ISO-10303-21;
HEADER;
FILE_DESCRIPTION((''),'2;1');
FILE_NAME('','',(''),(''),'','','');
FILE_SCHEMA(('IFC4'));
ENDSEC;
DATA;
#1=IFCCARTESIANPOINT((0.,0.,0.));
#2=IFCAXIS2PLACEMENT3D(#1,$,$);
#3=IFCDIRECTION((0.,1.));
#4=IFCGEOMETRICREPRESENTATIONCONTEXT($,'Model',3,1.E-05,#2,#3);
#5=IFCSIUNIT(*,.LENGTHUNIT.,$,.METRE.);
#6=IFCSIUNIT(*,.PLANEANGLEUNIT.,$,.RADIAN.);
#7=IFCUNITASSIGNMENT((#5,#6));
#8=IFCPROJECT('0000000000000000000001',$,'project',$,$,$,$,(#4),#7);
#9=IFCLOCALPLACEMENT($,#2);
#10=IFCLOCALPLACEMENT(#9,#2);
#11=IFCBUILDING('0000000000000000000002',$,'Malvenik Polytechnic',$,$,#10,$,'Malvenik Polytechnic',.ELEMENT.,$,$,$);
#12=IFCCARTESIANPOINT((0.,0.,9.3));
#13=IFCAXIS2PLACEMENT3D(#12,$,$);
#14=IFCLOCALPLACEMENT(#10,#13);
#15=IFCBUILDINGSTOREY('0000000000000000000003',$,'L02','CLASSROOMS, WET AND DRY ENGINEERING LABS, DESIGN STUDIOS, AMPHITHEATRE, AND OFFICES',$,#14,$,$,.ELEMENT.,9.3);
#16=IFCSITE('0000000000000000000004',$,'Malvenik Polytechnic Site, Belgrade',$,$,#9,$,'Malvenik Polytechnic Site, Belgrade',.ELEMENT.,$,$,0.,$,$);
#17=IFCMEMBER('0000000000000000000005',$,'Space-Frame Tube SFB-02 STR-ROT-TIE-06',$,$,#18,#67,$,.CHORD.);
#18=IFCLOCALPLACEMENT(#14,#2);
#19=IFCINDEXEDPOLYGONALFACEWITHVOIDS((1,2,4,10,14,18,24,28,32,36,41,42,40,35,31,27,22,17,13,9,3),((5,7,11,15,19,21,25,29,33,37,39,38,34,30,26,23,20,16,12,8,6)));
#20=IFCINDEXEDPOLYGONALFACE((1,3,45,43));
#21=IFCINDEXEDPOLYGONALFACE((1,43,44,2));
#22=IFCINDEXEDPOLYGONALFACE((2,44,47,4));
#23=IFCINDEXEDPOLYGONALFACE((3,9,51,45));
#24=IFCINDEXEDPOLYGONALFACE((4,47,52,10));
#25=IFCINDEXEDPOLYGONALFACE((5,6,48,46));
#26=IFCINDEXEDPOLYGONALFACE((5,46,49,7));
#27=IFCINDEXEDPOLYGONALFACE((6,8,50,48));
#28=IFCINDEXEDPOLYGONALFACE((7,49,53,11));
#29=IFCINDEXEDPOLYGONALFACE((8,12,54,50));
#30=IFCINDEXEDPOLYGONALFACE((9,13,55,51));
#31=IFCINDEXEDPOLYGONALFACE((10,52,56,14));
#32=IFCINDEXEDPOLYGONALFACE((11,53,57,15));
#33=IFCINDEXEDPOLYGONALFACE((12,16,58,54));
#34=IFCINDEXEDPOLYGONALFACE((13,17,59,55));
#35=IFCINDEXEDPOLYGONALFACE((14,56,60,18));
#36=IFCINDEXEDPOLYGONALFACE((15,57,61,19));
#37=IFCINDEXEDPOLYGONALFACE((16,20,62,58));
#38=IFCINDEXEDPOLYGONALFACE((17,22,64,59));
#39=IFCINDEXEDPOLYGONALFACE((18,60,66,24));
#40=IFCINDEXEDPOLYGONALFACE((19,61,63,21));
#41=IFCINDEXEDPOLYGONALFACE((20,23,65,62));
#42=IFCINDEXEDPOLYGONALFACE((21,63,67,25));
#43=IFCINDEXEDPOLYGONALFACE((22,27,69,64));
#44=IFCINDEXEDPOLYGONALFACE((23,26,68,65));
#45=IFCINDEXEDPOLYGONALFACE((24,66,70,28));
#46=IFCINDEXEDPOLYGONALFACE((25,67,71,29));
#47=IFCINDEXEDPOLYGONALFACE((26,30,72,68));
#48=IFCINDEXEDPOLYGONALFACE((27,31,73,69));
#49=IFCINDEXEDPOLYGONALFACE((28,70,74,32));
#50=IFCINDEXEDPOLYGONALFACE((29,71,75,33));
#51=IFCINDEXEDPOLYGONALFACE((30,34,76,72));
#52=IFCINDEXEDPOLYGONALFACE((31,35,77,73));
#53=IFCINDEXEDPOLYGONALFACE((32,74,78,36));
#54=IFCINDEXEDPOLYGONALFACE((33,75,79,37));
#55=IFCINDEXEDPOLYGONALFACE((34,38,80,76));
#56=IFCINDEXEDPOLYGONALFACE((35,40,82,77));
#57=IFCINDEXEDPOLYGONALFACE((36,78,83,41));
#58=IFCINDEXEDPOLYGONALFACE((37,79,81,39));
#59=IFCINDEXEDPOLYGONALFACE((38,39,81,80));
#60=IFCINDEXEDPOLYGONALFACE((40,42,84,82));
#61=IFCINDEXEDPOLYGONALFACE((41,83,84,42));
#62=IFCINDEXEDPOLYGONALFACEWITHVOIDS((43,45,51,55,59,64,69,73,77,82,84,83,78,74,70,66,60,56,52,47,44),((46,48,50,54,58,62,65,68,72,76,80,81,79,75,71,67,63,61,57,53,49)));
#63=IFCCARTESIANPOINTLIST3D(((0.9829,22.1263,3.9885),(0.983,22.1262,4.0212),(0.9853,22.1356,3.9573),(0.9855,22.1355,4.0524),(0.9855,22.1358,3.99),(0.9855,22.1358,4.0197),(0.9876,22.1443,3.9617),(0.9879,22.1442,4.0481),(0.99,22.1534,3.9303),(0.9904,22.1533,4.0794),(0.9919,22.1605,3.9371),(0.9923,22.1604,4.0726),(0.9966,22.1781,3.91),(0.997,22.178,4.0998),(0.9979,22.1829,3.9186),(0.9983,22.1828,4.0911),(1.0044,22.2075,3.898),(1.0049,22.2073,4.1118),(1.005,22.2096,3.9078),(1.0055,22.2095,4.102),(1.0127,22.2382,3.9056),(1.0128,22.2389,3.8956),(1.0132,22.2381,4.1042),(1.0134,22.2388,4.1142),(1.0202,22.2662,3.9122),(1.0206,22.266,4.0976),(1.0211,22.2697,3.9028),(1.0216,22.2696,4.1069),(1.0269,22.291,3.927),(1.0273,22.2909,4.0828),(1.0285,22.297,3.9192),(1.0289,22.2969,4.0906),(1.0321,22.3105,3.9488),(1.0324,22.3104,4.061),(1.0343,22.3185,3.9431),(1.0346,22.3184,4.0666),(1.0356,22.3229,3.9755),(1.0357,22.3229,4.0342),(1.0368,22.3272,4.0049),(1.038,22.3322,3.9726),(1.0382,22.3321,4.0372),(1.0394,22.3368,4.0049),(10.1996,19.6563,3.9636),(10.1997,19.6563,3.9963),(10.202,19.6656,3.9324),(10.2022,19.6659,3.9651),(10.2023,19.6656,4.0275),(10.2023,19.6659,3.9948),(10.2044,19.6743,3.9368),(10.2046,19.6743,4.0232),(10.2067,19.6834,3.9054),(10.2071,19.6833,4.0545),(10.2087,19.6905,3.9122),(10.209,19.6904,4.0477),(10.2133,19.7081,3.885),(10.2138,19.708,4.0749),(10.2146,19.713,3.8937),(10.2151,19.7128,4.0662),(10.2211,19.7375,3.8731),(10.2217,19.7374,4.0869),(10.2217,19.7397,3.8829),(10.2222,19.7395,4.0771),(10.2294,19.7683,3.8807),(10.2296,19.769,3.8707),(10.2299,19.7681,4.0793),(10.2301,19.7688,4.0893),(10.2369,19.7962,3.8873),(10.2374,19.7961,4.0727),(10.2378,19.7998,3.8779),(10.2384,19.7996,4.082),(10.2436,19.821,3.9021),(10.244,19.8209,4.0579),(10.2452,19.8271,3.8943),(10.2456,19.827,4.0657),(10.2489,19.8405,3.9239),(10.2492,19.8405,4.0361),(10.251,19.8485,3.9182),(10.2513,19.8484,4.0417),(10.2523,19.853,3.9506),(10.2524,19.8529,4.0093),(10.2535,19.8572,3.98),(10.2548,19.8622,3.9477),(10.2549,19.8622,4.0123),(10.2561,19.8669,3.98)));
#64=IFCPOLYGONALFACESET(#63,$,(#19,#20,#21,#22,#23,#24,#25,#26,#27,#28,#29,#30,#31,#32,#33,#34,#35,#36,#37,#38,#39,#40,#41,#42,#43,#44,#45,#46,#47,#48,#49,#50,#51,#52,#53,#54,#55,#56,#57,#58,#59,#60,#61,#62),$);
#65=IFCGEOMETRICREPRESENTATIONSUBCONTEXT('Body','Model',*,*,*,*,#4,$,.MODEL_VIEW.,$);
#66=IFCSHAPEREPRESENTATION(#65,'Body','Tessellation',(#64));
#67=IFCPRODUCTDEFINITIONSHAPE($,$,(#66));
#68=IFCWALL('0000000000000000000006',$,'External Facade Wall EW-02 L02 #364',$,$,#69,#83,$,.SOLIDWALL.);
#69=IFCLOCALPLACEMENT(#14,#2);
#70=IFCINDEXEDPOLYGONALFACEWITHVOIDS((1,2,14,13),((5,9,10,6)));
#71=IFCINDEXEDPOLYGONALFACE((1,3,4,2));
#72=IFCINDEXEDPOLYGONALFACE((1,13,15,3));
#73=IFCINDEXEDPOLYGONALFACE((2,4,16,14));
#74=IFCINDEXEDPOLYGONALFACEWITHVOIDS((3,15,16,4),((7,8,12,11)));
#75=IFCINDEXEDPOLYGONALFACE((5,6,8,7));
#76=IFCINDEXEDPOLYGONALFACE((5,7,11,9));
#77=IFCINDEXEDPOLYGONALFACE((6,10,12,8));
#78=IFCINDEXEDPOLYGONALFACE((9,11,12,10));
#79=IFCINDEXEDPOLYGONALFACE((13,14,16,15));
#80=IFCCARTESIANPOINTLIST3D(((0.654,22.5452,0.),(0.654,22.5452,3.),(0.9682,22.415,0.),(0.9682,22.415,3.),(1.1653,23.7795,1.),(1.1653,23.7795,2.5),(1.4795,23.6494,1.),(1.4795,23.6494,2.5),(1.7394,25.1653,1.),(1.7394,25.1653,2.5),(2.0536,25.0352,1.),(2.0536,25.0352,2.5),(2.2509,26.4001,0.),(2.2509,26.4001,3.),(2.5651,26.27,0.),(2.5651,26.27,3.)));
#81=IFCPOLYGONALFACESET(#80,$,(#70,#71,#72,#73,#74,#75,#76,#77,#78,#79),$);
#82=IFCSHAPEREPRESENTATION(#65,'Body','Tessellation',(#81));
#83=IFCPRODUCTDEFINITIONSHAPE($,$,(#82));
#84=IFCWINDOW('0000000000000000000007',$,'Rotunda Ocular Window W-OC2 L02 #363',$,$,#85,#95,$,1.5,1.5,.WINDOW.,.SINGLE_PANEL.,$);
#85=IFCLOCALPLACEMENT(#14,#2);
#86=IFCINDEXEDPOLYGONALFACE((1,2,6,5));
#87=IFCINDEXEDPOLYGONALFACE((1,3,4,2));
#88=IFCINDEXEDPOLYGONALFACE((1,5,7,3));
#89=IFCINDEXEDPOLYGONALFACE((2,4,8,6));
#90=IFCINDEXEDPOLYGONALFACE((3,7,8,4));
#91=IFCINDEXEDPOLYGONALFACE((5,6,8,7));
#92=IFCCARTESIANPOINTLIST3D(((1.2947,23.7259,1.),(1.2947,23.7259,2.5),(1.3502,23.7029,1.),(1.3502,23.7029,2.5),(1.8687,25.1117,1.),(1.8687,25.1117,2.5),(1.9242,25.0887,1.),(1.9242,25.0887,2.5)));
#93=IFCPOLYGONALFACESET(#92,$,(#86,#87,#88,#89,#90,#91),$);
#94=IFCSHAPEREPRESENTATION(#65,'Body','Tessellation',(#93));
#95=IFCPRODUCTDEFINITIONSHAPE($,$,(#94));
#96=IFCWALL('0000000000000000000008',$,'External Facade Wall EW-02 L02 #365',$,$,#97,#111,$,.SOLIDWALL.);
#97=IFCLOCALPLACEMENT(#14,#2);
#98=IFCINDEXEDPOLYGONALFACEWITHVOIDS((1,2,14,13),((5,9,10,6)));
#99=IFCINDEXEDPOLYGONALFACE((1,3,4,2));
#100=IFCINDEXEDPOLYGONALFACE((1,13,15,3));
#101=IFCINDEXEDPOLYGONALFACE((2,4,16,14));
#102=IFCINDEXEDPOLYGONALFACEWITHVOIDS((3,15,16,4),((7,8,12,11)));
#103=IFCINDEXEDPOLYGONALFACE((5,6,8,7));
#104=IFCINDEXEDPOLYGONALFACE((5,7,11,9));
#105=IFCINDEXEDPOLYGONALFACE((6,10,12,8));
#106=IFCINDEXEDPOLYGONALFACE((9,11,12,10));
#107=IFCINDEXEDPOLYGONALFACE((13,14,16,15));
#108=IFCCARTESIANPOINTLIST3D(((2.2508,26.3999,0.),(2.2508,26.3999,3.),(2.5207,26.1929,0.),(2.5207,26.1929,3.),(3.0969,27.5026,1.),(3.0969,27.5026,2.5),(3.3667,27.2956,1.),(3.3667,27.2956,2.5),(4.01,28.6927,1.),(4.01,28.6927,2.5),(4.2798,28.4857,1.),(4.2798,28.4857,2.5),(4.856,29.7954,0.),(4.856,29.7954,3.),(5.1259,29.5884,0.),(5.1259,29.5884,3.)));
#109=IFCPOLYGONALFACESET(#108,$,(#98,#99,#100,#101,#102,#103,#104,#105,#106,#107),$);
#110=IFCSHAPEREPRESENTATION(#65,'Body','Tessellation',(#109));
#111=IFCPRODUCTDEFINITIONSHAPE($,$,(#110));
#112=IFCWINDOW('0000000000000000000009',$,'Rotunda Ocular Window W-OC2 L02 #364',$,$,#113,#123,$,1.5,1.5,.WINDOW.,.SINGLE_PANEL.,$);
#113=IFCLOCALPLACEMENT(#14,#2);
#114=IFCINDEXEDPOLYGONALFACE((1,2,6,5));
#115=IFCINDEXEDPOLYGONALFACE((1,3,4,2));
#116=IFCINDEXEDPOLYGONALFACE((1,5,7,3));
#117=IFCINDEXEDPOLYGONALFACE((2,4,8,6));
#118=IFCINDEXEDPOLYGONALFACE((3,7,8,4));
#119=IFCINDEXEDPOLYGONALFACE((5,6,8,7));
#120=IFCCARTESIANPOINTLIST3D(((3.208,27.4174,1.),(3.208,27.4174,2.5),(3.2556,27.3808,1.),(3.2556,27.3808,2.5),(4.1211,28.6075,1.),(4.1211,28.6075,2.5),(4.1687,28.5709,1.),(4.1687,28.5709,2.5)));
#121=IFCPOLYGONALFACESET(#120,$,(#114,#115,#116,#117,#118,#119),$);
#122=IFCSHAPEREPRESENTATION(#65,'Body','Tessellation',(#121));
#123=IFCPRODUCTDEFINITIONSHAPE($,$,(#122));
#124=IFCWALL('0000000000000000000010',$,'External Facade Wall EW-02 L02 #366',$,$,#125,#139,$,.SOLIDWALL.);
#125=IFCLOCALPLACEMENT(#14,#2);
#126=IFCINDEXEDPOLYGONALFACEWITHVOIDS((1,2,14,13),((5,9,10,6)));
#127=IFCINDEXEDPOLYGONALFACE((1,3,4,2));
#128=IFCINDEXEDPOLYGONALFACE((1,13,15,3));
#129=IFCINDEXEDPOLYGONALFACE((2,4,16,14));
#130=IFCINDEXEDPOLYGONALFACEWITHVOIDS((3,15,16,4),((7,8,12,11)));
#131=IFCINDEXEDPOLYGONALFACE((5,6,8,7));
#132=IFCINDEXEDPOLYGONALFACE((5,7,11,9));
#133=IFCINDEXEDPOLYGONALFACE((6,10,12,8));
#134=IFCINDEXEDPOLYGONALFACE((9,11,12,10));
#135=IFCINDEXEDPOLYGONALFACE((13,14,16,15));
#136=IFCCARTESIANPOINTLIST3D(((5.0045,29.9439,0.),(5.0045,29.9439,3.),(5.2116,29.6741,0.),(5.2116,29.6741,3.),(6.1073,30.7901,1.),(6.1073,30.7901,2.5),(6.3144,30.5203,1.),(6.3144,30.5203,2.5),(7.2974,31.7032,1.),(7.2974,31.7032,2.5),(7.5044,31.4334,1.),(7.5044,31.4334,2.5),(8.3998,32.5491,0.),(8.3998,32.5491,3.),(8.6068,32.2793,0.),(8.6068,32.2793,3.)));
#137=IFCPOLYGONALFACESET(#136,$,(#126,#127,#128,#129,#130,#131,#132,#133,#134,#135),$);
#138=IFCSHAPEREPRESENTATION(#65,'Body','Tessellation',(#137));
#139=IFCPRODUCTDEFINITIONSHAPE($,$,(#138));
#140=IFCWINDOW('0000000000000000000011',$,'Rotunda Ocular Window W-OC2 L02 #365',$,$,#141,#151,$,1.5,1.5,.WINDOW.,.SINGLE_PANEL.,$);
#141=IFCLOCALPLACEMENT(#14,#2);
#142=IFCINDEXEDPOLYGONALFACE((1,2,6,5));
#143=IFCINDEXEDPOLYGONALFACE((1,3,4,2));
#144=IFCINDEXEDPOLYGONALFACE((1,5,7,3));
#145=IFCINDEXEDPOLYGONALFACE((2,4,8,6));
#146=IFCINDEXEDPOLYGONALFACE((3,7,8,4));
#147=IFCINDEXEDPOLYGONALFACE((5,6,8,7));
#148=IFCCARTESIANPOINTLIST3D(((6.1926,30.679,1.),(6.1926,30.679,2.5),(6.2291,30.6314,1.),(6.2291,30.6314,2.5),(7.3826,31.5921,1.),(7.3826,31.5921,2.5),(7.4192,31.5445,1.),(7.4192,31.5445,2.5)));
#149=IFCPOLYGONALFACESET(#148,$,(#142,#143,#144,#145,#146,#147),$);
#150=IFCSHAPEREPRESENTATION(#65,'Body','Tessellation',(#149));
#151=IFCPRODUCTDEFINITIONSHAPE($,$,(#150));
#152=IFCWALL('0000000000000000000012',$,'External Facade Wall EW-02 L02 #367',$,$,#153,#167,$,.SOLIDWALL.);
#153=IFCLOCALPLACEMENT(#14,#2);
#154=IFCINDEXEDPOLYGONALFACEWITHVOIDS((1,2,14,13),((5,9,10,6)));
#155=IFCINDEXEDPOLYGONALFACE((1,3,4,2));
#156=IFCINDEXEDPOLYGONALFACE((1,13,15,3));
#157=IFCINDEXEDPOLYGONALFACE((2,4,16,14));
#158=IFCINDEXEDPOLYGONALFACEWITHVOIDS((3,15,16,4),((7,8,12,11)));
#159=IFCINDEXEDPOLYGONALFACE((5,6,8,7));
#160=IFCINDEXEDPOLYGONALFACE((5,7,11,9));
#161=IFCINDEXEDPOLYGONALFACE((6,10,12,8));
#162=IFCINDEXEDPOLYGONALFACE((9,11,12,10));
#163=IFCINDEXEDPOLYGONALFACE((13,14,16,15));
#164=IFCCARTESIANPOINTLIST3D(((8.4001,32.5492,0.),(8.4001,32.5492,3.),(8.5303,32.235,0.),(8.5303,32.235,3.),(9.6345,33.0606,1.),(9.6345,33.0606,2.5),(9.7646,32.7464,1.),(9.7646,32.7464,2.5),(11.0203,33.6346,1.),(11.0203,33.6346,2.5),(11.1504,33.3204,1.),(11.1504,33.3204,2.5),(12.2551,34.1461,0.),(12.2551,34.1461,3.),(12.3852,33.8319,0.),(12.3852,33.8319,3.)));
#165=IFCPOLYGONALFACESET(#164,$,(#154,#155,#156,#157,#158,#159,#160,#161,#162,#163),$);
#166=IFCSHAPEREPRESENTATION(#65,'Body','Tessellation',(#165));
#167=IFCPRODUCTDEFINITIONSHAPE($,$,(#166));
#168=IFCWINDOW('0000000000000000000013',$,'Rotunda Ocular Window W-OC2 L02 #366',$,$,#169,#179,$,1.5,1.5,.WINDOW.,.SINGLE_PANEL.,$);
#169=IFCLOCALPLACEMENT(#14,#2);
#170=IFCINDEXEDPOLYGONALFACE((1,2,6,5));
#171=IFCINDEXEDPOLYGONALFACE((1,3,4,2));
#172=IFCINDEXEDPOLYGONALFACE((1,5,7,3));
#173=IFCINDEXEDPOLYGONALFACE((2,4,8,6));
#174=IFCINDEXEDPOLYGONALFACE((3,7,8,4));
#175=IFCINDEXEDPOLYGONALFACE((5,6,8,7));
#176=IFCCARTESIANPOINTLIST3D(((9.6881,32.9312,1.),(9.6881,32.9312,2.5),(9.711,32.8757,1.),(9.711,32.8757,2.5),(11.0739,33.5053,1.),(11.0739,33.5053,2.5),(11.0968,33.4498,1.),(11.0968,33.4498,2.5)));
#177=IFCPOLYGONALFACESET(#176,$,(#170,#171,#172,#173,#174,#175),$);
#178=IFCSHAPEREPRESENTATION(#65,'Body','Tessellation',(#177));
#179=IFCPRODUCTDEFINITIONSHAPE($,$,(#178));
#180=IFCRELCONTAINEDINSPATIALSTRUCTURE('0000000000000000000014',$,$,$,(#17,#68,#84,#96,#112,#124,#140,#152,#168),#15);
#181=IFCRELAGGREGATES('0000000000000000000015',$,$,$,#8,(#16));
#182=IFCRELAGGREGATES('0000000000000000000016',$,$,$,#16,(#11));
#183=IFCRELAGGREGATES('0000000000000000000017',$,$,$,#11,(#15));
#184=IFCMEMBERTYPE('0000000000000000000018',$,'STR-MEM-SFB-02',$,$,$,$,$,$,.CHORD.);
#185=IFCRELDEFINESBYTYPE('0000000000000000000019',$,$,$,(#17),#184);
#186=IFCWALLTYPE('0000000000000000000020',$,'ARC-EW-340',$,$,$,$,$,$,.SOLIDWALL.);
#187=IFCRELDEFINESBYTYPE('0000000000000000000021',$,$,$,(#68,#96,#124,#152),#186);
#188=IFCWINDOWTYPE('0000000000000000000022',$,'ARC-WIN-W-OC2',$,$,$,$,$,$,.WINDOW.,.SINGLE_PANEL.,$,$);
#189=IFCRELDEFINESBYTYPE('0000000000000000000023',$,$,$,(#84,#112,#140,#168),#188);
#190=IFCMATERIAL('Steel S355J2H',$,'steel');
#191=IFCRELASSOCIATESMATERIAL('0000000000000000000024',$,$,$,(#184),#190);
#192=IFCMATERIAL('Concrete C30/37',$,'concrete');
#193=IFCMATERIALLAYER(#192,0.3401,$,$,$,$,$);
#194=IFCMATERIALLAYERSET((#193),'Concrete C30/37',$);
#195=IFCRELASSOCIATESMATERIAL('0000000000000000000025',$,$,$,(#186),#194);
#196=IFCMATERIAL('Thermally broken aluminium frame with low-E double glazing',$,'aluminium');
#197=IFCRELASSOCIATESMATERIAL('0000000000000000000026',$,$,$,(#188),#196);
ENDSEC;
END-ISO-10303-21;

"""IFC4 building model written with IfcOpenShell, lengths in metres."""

from ifc_helpers import new_model, si_unit, direction, frame, frame_2d, origin, origin_2d, place, context, subcontext, project, spatial, rectangle, hollow_circle, extrude, material, layer, layer_set, material_profile, profile_set, type_object, element, fill, save


model = new_model("IFC4")

# Units and contexts
model_context = context("Model", 3, precision=1e-05, world=origin(), true_north=direction((0.0, 1.0)))
body_context = subcontext(model_context, "Body", "Model", "MODEL_VIEW")
ifc_project = project(units=[si_unit("LENGTHUNIT", "METRE"), si_unit("PLANEANGLEUNIT", "RADIAN")], contexts=[model_context])

# Site, building, storey
site_placement = place(None, origin())
site = spatial("IfcSite", under=ifc_project, at=site_placement, Name="Malvenik Polytechnic Site, Belgrade", LongName="Malvenik Polytechnic Site, Belgrade", CompositionType="ELEMENT", RefElevation=0.0)
building_placement = place(site_placement, origin())
building = spatial("IfcBuilding", under=site, at=building_placement, Name="Malvenik Polytechnic", LongName="Malvenik Polytechnic", CompositionType="ELEMENT")
storey_placement = place(building_placement, frame((0.0, 0.0, 9.3)))
storey = spatial("IfcBuildingStorey", under=building, at=storey_placement, Name="L02", Description="CLASSROOMS, WET AND DRY ENGINEERING LABS, DESIGN STUDIOS, AMPHITHEATRE, AND OFFICES", CompositionType="ELEMENT", Elevation=9.3)

# Member
ifc_material_1 = material(Name="Steel S355J2H", Category="steel")
ifc_material_profile_1 = material_profile(ifc_material_1, hollow_circle(Radius=0.1096, WallThickness=0.01, at=origin_2d()), Name="CHS 219.1x10.0")
ifc_profile_set_1 = profile_set([ifc_material_profile_1], Name="Steel S355J2H")
member_type = type_object("IfcMemberType", Name="STR-MEM-SFB-02", PredefinedType="CHORD", material=ifc_profile_set_1)
for number, where, z_axis, x_axis, name in (
    (1, (1.011, 22.231, 4.0049), (0.965914, -0.258851, -0.00261), (0.258852, 0.965917, 0.0), "Space-Frame Tube SFB-02 STR-ROT-TIE-06"),
):
    element("IfcMember", number, at=place(storey_placement, frame(where, z_axis=z_axis, x_axis=x_axis)), inside=storey, type_object=member_type, Name=name, PredefinedType="CHORD", context=body_context, shape_type="SweptSolid", body=[
        extrude(hollow_circle(Radius=0.1096, WallThickness=0.01, at=origin_2d()), origin(), (0.0, 0.0, 1.0), 9.542),
    ])

# Walls, openings, windows
ifc_material_2 = material(Name="Concrete C30/37", Category="concrete")
ifc_layer = layer(ifc_material_2, 0.3401)
ifc_layer_set = layer_set([ifc_layer], Name="Concrete C30/37")
wall_type = type_object("IfcWallType", Name="ARC-EW-340", PredefinedType="SOLIDWALL", material=ifc_layer_set)
wall_1_placement = place(storey_placement, frame((0.811, 22.48, 0.0), z_axis=(0.0, 0.0, 1.0), x_axis=(0.382712, 0.923868, 0.0)))
wall_1 = element("IfcWall", 2, at=wall_1_placement, inside=storey, type_object=wall_type, Name="External Facade Wall EW-02 L02 #364", PredefinedType="SOLIDWALL", context=body_context, shape_type="SweptSolid", body=[
    extrude(rectangle(XDim=4.1726, YDim=0.3401, at=frame_2d((2.0864, 0.0))), origin(), (0.0, 0.0, 1.0), 3.0),
])
opening_1_placement = place(wall_1_placement, frame((1.3362, 0.0, 1.0)))
opening_1 = element("IfcOpeningElement", 3, at=opening_1_placement, cuts=wall_1, PredefinedType="OPENING", context=body_context, shape_type="SweptSolid", body=[
    extrude(rectangle(XDim=1.5, YDim=1.5, at=frame_2d((0.75, 0.75))), frame((0.0, 0.1802, 0.0), z_axis=(0.0, -1.0, 0.0), x_axis=(1.0, 0.0, 0.0)), (0.0, 0.0, 1.0), 0.3601),
])
ifc_material_3 = material(Name="Thermally broken aluminium frame with low-E double glazing", Category="aluminium")
window_type = type_object("IfcWindowType", Name="ARC-WIN-W-OC2", PartitioningType="SINGLE_PANEL", PredefinedType="WINDOW", material=ifc_material_3)
window_1_placement = place(opening_1_placement, origin())
window_1 = element("IfcWindow", 4, at=window_1_placement, inside=storey, type_object=window_type, Name="Rotunda Ocular Window W-OC2 L02 #363", OverallHeight=1.5, OverallWidth=1.5, PartitioningType="SINGLE_PANEL", PredefinedType="WINDOW", context=body_context, shape_type="SweptSolid", body=[
    extrude(rectangle(XDim=1.5, YDim=1.5, at=frame_2d((0.75, 0.75))), frame((0.0, 0.03, 0.0), z_axis=(0.0, -1.0, 0.0), x_axis=(1.0, 0.0, 0.0)), (0.0, 0.0, 1.0), 0.0601),
])
fill(opening_1, window_1)
wall_2_placement = place(storey_placement, frame((2.3857, 26.2964, 0.0), z_axis=(0.0, 0.0, 1.0), x_axis=(0.608726, 0.79338, 0.0)))
wall_2 = element("IfcWall", 5, at=wall_2_placement, inside=storey, type_object=wall_type, Name="External Facade Wall EW-02 L02 #365", PredefinedType="SOLIDWALL", context=body_context, shape_type="SweptSolid", body=[
    extrude(rectangle(XDim=4.2798, YDim=0.3401, at=frame_2d((2.1399, 0.0))), origin(), (0.0, 0.0, 1.0), 3.0),
])
opening_2_placement = place(wall_2_placement, frame((1.3899, 0.0, 1.0)))
opening_2 = element("IfcOpeningElement", 6, at=opening_2_placement, cuts=wall_2, PredefinedType="OPENING", context=body_context, shape_type="SweptSolid", body=[
    extrude(rectangle(XDim=1.5, YDim=1.5, at=frame_2d((0.75, 0.75))), frame((0.0, 0.1802, 0.0), z_axis=(0.0, -1.0, 0.0), x_axis=(1.0, 0.0, 0.0)), (0.0, 0.0, 1.0), 0.3601),
])
window_2_placement = place(opening_2_placement, origin())
window_2 = element("IfcWindow", 7, at=window_2_placement, inside=storey, type_object=window_type, Name="Rotunda Ocular Window W-OC2 L02 #364", OverallHeight=1.5, OverallWidth=1.5, PartitioningType="SINGLE_PANEL", PredefinedType="WINDOW", context=body_context, shape_type="SweptSolid", body=[
    extrude(rectangle(XDim=1.5, YDim=1.5, at=frame_2d((0.75, 0.75))), frame((0.0, 0.03, 0.0), z_axis=(0.0, -1.0, 0.0), x_axis=(1.0, 0.0, 0.0)), (0.0, 0.0, 1.0), 0.0601),
])
fill(opening_2, window_2)
wall_3_placement = place(storey_placement, frame((5.1082, 29.8091, 0.0), z_axis=(0.0, 0.0, 1.0), x_axis=(0.793359, 0.608754, 0.0)))
wall_3 = element("IfcWall", 8, at=wall_3_placement, inside=storey, type_object=wall_type, Name="External Facade Wall EW-02 L02 #366", PredefinedType="SOLIDWALL", context=body_context, shape_type="SweptSolid", body=[
    extrude(rectangle(XDim=4.2795, YDim=0.3401, at=frame_2d((2.1396, 0.0))), origin(), (0.0, 0.0, 1.0), 3.0),
])
opening_3_placement = place(wall_3_placement, frame((1.3899, 0.0, 1.0)))
opening_3 = element("IfcOpeningElement", 9, at=opening_3_placement, cuts=wall_3, PredefinedType="OPENING", context=body_context, shape_type="SweptSolid", body=[
    extrude(rectangle(XDim=1.5, YDim=1.5, at=frame_2d((0.75, 0.75))), frame((0.0, 0.1802, 0.0), z_axis=(0.0, -1.0, 0.0), x_axis=(1.0, 0.0, 0.0)), (0.0, 0.0, 1.0), 0.3601),
])
window_3_placement = place(opening_3_placement, origin())
window_3 = element("IfcWindow", 10, at=window_3_placement, inside=storey, type_object=window_type, Name="Rotunda Ocular Window W-OC2 L02 #365", OverallHeight=1.5, OverallWidth=1.5, PartitioningType="SINGLE_PANEL", PredefinedType="WINDOW", context=body_context, shape_type="SweptSolid", body=[
    extrude(rectangle(XDim=1.5, YDim=1.5, at=frame_2d((0.75, 0.75))), frame((0.0, 0.03, 0.0), z_axis=(0.0, -1.0, 0.0), x_axis=(1.0, 0.0, 0.0)), (0.0, 0.0, 1.0), 0.0601),
])
fill(opening_3, window_3)
wall_4_placement = place(storey_placement, frame((8.4651, 32.3921, 0.0), z_axis=(0.0, 0.0, 1.0), x_axis=(0.923868, 0.382712, 0.0)))
wall_4 = element("IfcWall", 11, at=wall_4_placement, inside=storey, type_object=wall_type, Name="External Facade Wall EW-02 L02 #367", PredefinedType="SOLIDWALL", context=body_context, shape_type="SweptSolid", body=[
    extrude(rectangle(XDim=4.1726, YDim=0.3401, at=frame_2d((2.0864, 0.0))), origin(), (0.0, 0.0, 1.0), 3.0),
])
opening_4_placement = place(wall_4_placement, frame((1.3362, 0.0, 1.0)))
opening_4 = element("IfcOpeningElement", 12, at=opening_4_placement, cuts=wall_4, PredefinedType="OPENING", context=body_context, shape_type="SweptSolid", body=[
    extrude(rectangle(XDim=1.5, YDim=1.5, at=frame_2d((0.75, 0.75))), frame((0.0, 0.1802, 0.0), z_axis=(0.0, -1.0, 0.0), x_axis=(1.0, 0.0, 0.0)), (0.0, 0.0, 1.0), 0.3601),
])
window_4_placement = place(opening_4_placement, origin())
window_4 = element("IfcWindow", 13, at=window_4_placement, inside=storey, type_object=window_type, Name="Rotunda Ocular Window W-OC2 L02 #366", OverallHeight=1.5, OverallWidth=1.5, PartitioningType="SINGLE_PANEL", PredefinedType="WINDOW", context=body_context, shape_type="SweptSolid", body=[
    extrude(rectangle(XDim=1.5, YDim=1.5, at=frame_2d((0.75, 0.75))), frame((0.0, 0.03, 0.0), z_axis=(0.0, -1.0, 0.0), x_axis=(1.0, 0.0, 0.0)), (0.0, 0.0, 1.0), 0.0601),
])
fill(opening_4, window_4)

save(model, "model.ifc")
